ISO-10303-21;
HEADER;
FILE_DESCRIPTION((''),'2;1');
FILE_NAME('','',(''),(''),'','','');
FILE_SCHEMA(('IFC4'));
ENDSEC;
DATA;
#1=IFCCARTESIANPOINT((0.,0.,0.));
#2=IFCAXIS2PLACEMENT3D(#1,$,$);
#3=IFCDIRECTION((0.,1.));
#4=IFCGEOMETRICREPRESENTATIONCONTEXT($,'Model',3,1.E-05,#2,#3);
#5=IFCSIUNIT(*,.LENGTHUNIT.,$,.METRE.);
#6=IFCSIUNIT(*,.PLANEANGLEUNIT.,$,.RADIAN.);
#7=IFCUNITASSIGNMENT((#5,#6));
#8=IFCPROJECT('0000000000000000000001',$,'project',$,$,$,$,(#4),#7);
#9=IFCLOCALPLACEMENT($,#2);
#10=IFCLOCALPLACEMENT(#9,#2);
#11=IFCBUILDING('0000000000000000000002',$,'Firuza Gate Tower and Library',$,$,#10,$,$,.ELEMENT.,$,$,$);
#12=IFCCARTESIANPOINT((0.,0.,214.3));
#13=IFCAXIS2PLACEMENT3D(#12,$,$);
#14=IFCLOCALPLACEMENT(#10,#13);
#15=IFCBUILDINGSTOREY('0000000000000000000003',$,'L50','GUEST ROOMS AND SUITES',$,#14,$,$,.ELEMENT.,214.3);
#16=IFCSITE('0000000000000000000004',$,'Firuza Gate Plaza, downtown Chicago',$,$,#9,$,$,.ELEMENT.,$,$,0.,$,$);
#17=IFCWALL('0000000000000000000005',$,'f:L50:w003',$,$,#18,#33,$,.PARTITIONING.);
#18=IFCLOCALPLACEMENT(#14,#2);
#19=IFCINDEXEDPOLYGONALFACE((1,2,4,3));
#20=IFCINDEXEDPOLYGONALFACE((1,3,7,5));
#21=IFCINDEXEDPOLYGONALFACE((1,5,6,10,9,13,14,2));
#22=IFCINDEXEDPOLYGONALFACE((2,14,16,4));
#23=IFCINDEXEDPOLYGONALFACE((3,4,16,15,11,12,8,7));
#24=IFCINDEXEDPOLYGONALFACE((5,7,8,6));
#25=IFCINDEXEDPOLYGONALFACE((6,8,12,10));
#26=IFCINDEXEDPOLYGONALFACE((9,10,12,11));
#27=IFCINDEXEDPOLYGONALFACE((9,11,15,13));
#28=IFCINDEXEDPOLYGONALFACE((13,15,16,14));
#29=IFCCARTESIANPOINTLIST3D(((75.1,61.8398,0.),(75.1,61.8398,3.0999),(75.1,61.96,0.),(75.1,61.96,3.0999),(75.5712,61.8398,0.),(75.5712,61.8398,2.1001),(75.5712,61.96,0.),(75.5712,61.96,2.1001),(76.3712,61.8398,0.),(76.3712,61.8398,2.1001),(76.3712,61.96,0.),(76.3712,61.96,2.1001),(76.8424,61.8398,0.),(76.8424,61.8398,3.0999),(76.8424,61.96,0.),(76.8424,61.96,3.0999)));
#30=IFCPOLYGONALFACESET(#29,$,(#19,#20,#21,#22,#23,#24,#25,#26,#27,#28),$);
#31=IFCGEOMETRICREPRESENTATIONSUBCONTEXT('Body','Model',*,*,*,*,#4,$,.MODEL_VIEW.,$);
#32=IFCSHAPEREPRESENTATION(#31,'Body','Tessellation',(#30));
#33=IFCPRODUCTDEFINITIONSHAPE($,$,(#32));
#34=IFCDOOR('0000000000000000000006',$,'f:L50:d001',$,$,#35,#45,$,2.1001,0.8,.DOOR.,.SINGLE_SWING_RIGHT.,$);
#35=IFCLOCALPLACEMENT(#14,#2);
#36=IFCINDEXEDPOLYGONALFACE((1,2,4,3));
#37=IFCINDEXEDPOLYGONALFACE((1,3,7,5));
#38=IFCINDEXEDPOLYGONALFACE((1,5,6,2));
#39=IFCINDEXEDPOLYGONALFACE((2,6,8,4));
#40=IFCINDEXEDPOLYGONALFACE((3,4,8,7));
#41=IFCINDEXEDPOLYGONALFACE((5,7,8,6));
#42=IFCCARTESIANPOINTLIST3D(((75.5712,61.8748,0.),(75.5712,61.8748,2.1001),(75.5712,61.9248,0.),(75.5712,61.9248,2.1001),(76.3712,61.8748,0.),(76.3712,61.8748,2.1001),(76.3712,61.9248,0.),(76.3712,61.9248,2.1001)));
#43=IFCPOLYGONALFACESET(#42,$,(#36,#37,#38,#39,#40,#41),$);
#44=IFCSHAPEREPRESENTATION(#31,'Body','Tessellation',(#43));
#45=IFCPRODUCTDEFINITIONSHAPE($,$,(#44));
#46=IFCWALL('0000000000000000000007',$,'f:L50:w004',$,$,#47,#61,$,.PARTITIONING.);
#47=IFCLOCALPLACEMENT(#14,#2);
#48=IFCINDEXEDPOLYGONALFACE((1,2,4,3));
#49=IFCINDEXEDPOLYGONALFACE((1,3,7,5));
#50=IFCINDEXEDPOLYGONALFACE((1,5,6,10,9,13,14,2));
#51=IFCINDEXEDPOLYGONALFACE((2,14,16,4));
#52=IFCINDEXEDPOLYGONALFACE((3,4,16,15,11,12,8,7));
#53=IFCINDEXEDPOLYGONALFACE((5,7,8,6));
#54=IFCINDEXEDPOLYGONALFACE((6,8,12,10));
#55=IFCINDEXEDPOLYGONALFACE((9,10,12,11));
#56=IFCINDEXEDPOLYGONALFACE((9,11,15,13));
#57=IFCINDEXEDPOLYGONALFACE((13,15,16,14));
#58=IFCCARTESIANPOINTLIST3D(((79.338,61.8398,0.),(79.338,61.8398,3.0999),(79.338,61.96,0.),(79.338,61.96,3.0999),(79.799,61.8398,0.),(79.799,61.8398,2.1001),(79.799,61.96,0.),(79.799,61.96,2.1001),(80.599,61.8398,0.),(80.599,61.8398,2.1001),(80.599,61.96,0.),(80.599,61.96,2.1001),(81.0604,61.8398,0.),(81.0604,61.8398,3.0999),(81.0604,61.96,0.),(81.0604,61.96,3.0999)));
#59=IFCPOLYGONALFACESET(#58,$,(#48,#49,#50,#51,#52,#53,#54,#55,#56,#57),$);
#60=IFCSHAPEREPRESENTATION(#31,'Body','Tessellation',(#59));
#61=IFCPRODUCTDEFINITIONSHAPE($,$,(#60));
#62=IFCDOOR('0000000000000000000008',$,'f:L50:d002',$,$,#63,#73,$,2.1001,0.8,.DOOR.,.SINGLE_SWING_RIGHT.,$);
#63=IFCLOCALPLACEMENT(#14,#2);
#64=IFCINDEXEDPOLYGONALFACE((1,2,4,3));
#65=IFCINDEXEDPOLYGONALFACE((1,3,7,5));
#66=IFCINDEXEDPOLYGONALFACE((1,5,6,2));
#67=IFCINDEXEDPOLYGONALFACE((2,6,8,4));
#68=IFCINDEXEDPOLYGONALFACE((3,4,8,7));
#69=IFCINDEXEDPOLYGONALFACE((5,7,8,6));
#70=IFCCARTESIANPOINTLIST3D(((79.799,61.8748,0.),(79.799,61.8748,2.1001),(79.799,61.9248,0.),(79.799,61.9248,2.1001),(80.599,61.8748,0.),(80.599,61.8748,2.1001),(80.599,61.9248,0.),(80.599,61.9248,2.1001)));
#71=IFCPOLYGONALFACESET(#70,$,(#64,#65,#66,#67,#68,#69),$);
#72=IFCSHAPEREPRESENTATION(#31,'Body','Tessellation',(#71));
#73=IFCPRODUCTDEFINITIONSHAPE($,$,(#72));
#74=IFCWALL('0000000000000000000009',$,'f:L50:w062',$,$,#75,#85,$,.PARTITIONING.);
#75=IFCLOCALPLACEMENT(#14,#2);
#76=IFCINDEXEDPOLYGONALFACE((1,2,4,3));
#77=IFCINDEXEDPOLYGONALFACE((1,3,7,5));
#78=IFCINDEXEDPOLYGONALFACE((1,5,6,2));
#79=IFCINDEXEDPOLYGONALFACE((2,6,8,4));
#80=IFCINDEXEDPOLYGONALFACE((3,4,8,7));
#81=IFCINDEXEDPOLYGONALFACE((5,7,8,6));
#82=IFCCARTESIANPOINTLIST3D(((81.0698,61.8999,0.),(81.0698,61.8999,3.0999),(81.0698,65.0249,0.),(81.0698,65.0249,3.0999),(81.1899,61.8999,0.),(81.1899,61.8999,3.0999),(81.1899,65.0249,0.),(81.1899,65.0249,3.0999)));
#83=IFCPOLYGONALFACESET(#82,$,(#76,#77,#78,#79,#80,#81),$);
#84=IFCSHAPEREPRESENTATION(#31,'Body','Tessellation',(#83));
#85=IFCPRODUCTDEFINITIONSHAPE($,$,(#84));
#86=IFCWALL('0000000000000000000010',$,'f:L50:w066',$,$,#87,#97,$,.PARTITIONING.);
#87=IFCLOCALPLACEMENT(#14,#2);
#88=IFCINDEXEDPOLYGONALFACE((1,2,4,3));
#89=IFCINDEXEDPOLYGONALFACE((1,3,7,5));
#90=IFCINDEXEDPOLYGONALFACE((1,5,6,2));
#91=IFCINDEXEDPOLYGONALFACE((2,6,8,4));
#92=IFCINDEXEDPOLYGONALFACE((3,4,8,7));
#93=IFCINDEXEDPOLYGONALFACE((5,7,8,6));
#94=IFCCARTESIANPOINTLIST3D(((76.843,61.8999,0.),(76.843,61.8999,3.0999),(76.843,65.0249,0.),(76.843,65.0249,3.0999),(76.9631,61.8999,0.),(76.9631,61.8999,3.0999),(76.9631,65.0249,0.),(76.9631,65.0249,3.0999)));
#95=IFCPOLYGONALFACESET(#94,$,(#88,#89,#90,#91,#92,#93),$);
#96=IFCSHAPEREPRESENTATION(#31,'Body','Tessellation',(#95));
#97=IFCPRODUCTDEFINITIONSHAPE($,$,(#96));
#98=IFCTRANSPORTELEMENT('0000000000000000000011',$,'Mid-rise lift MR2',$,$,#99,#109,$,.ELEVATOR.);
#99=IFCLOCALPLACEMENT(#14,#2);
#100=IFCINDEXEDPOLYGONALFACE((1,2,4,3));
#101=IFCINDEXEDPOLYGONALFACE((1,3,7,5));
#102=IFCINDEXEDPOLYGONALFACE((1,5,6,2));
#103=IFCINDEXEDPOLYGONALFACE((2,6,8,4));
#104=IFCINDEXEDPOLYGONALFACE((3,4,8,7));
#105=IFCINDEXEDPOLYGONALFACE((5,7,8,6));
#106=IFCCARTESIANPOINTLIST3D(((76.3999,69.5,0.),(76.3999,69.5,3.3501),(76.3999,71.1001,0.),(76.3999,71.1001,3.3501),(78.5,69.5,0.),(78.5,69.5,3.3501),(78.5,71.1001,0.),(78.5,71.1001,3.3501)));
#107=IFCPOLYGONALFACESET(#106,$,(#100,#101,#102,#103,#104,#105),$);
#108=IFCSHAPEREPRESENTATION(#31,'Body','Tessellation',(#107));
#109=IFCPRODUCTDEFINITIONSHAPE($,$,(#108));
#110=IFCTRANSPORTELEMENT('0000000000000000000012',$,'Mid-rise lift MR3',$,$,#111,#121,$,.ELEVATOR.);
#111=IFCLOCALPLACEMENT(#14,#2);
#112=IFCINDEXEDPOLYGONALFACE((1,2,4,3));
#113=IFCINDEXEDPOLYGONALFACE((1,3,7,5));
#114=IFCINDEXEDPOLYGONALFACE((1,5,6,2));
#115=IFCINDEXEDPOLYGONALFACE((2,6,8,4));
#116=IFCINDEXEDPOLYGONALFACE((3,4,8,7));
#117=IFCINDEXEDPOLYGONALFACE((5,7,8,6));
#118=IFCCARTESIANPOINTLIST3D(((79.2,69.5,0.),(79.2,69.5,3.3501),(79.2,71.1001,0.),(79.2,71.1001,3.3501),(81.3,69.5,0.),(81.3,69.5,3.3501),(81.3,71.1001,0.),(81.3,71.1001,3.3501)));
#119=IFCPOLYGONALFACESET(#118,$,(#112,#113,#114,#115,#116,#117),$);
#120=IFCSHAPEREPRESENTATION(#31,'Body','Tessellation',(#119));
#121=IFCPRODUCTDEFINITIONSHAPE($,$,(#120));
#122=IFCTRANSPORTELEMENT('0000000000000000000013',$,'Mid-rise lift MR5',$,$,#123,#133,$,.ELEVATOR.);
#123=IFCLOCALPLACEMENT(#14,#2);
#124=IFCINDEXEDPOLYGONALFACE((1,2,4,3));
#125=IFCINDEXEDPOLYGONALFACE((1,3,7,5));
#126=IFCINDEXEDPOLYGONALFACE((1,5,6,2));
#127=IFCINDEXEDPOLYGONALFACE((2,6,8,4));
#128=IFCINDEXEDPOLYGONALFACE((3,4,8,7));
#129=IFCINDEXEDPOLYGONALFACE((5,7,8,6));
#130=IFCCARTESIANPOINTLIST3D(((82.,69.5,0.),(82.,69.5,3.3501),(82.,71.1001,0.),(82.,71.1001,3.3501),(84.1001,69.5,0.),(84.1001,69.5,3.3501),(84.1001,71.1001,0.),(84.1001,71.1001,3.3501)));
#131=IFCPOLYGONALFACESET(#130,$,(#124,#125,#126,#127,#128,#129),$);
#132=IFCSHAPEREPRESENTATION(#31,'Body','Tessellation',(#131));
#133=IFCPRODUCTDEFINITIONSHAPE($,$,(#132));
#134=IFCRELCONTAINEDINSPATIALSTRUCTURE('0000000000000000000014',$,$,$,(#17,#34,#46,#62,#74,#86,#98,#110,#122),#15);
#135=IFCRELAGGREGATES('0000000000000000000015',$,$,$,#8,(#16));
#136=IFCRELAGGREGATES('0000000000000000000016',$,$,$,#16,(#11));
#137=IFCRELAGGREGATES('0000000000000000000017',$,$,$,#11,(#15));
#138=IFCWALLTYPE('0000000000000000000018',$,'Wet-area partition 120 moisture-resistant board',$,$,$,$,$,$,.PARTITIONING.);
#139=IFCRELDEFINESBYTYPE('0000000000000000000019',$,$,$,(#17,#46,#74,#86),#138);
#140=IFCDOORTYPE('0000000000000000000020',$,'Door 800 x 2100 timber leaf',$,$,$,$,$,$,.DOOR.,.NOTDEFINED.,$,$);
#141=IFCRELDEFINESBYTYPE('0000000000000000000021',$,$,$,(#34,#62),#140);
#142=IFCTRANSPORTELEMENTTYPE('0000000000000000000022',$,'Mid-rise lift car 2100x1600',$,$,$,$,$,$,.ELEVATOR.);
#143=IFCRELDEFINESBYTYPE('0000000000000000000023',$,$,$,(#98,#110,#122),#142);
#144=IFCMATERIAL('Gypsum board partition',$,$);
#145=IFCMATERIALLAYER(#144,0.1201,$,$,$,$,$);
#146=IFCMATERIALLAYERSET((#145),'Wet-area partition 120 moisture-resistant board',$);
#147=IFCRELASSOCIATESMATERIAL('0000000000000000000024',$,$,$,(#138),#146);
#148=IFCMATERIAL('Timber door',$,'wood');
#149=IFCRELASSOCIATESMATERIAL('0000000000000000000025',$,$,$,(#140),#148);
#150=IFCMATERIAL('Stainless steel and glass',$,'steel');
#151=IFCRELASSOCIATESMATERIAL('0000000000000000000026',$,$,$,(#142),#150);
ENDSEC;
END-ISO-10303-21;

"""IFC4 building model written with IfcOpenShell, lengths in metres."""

from ifc_helpers import new_model, si_unit, direction, frame, frame_2d, origin, origin_2d, place, context, subcontext, project, spatial, rectangle, extrude, material, layer, layer_set, type_object, element, fill, save


model = new_model("IFC4")

# Units and contexts
model_context = context("Model", 3, precision=1e-05, world=origin(), true_north=direction((0.0, 1.0)))
body_context = subcontext(model_context, "Body", "Model", "MODEL_VIEW")
ifc_project = project(units=[si_unit("LENGTHUNIT", "METRE"), si_unit("PLANEANGLEUNIT", "RADIAN")], contexts=[model_context])

# Site, building, storey
site_placement = place(None, origin())
site = spatial("IfcSite", under=ifc_project, at=site_placement, Name="Firuza Gate Plaza, downtown Chicago", CompositionType="ELEMENT", RefElevation=0.0)
building_placement = place(site_placement, origin())
building = spatial("IfcBuilding", under=site, at=building_placement, Name="Firuza Gate Tower and Library", CompositionType="ELEMENT")
storey_placement = place(building_placement, frame((0.0, 0.0, 214.3)))
storey = spatial("IfcBuildingStorey", under=building, at=storey_placement, Name="L50", Description="GUEST ROOMS AND SUITES", CompositionType="ELEMENT", Elevation=214.3)

# Walls, openings, doors
ifc_material_1 = material(Name="Gypsum board partition")
ifc_layer_1 = layer(ifc_material_1, 0.1201)
ifc_layer_set_1 = layer_set([ifc_layer_1], Name="Wet-area partition 120 moisture-resistant board")
wall_type_1 = type_object("IfcWallType", Name="Wet-area partition 120 moisture-resistant board", PredefinedType="PARTITIONING", material=ifc_layer_set_1)
wall_1_placement = place(storey_placement, frame((75.1001, 61.8999, 0.0), z_axis=(0.0, 0.0, 1.0), x_axis=(1.0, 0.0, 0.0)))
wall_1 = element("IfcWall", 1, at=wall_1_placement, inside=storey, type_object=wall_type_1, Name="f:L50:w003", PredefinedType="PARTITIONING", context=body_context, shape_type="SweptSolid", body=[
    extrude(rectangle(XDim=1.7424, YDim=0.1201, at=frame_2d((0.8711, 0.0))), origin(), (0.0, 0.0, 1.0), 3.0999),
])
opening_1_placement = place(wall_1_placement, frame((0.4712, 0.0, 0.0)))
opening_1 = element("IfcOpeningElement", 2, at=opening_1_placement, cuts=wall_1, PredefinedType="OPENING", context=body_context, shape_type="SweptSolid", body=[
    extrude(rectangle(XDim=0.8, YDim=2.1001, at=frame_2d((0.3999, 1.05))), frame((0.0, 0.0701, 0.0), z_axis=(0.0, -1.0, 0.0), x_axis=(1.0, 0.0, 0.0)), (0.0, 0.0, 1.0), 0.1401),
])
ifc_material_2 = material(Name="Timber door", Category="wood")
door_type = type_object("IfcDoorType", Name="Door 800 x 2100 timber leaf", OperationType="NOTDEFINED", PredefinedType="DOOR", material=ifc_material_2)
door_1_placement = place(opening_1_placement, origin())
door_1 = element("IfcDoor", 3, at=door_1_placement, inside=storey, type_object=door_type, Name="f:L50:d001", OperationType="SINGLE_SWING_RIGHT", OverallHeight=2.1001, OverallWidth=0.8, PredefinedType="DOOR", context=body_context, shape_type="SweptSolid", body=[
    extrude(rectangle(XDim=0.8, YDim=2.1001, at=frame_2d((0.3999, 1.05))), frame((0.0, 0.0249, 0.0), z_axis=(0.0, -1.0, 0.0), x_axis=(1.0, 0.0, 0.0)), (0.0, 0.0, 1.0), 0.05),
])
fill(opening_1, door_1)
wall_2_placement = place(storey_placement, frame((79.3379, 61.8999, 0.0), z_axis=(0.0, 0.0, 1.0), x_axis=(1.0, 0.0, 0.0)))
wall_2 = element("IfcWall", 4, at=wall_2_placement, inside=storey, type_object=wall_type_1, Name="f:L50:w004", PredefinedType="PARTITIONING", context=body_context, shape_type="SweptSolid", body=[
    extrude(rectangle(XDim=1.7224, YDim=0.1201, at=frame_2d((0.8613, 0.0))), origin(), (0.0, 0.0, 1.0), 3.0999),
])
opening_2_placement = place(wall_2_placement, frame((0.4612, 0.0, 0.0)))
opening_2 = element("IfcOpeningElement", 5, at=opening_2_placement, cuts=wall_2, PredefinedType="OPENING", context=body_context, shape_type="SweptSolid", body=[
    extrude(rectangle(XDim=0.8, YDim=2.1001, at=frame_2d((0.3999, 1.05))), frame((0.0, 0.0701, 0.0), z_axis=(0.0, -1.0, 0.0), x_axis=(1.0, 0.0, 0.0)), (0.0, 0.0, 1.0), 0.1401),
])
door_2_placement = place(opening_2_placement, origin())
door_2 = element("IfcDoor", 6, at=door_2_placement, inside=storey, type_object=door_type, Name="f:L50:d002", OperationType="SINGLE_SWING_RIGHT", OverallHeight=2.1001, OverallWidth=0.8, PredefinedType="DOOR", context=body_context, shape_type="SweptSolid", body=[
    extrude(rectangle(XDim=0.8, YDim=2.1001, at=frame_2d((0.3999, 1.05))), frame((0.0, 0.0249, 0.0), z_axis=(0.0, -1.0, 0.0), x_axis=(1.0, 0.0, 0.0)), (0.0, 0.0, 1.0), 0.05),
])
fill(opening_2, door_2)

# Walls
for number, where, z_axis, x_axis, name in (
    (7, (81.1299, 61.8999, 0.0), (0.0, 0.0, 1.0), (0.0, 1.0, 0.0), "f:L50:w062"),
    (8, (76.9031, 61.8999, 0.0), (0.0, 0.0, 1.0), (0.0, 1.0, 0.0), "f:L50:w066"),
):
    element("IfcWall", number, at=place(storey_placement, frame(where, z_axis=z_axis, x_axis=x_axis)), inside=storey, type_object=wall_type_1, Name=name, PredefinedType="PARTITIONING", context=body_context, shape_type="SweptSolid", body=[
        extrude(rectangle(XDim=3.125, YDim=0.1201, at=frame_2d((1.5625, 0.0))), origin(), (0.0, 0.0, 1.0), 3.0999),
    ])

# Transport elements
ifc_material_3 = material(Name="Stainless steel and glass", Category="steel")
transport_element_type = type_object("IfcTransportElementType", Name="Mid-rise lift car 2100x1600", PredefinedType="ELEVATOR", material=ifc_material_3)
for number, where, z_axis, x_axis, name in (
    (9, (77.45, 70.3, 0.0), (0.0, 0.0, 1.0), (1.0, 0.0, 0.0), "Mid-rise lift MR2"),
    (10, (80.25, 70.3, 0.0), (0.0, 0.0, 1.0), (1.0, 0.0, 0.0), "Mid-rise lift MR3"),
    (11, (83.05, 70.3, 0.0), (0.0, 0.0, 1.0), (1.0, 0.0, 0.0), "Mid-rise lift MR5"),
):
    element("IfcTransportElement", number, at=place(storey_placement, frame(where, z_axis=z_axis, x_axis=x_axis)), inside=storey, type_object=transport_element_type, Name=name, PredefinedType="ELEVATOR", context=body_context, shape_type="SweptSolid", body=[
        extrude(rectangle(XDim=2.1001, YDim=1.6001, at=origin_2d()), origin(), (0.0, 0.0, 1.0), 3.3501),
    ])

save(model, "model.ifc")
